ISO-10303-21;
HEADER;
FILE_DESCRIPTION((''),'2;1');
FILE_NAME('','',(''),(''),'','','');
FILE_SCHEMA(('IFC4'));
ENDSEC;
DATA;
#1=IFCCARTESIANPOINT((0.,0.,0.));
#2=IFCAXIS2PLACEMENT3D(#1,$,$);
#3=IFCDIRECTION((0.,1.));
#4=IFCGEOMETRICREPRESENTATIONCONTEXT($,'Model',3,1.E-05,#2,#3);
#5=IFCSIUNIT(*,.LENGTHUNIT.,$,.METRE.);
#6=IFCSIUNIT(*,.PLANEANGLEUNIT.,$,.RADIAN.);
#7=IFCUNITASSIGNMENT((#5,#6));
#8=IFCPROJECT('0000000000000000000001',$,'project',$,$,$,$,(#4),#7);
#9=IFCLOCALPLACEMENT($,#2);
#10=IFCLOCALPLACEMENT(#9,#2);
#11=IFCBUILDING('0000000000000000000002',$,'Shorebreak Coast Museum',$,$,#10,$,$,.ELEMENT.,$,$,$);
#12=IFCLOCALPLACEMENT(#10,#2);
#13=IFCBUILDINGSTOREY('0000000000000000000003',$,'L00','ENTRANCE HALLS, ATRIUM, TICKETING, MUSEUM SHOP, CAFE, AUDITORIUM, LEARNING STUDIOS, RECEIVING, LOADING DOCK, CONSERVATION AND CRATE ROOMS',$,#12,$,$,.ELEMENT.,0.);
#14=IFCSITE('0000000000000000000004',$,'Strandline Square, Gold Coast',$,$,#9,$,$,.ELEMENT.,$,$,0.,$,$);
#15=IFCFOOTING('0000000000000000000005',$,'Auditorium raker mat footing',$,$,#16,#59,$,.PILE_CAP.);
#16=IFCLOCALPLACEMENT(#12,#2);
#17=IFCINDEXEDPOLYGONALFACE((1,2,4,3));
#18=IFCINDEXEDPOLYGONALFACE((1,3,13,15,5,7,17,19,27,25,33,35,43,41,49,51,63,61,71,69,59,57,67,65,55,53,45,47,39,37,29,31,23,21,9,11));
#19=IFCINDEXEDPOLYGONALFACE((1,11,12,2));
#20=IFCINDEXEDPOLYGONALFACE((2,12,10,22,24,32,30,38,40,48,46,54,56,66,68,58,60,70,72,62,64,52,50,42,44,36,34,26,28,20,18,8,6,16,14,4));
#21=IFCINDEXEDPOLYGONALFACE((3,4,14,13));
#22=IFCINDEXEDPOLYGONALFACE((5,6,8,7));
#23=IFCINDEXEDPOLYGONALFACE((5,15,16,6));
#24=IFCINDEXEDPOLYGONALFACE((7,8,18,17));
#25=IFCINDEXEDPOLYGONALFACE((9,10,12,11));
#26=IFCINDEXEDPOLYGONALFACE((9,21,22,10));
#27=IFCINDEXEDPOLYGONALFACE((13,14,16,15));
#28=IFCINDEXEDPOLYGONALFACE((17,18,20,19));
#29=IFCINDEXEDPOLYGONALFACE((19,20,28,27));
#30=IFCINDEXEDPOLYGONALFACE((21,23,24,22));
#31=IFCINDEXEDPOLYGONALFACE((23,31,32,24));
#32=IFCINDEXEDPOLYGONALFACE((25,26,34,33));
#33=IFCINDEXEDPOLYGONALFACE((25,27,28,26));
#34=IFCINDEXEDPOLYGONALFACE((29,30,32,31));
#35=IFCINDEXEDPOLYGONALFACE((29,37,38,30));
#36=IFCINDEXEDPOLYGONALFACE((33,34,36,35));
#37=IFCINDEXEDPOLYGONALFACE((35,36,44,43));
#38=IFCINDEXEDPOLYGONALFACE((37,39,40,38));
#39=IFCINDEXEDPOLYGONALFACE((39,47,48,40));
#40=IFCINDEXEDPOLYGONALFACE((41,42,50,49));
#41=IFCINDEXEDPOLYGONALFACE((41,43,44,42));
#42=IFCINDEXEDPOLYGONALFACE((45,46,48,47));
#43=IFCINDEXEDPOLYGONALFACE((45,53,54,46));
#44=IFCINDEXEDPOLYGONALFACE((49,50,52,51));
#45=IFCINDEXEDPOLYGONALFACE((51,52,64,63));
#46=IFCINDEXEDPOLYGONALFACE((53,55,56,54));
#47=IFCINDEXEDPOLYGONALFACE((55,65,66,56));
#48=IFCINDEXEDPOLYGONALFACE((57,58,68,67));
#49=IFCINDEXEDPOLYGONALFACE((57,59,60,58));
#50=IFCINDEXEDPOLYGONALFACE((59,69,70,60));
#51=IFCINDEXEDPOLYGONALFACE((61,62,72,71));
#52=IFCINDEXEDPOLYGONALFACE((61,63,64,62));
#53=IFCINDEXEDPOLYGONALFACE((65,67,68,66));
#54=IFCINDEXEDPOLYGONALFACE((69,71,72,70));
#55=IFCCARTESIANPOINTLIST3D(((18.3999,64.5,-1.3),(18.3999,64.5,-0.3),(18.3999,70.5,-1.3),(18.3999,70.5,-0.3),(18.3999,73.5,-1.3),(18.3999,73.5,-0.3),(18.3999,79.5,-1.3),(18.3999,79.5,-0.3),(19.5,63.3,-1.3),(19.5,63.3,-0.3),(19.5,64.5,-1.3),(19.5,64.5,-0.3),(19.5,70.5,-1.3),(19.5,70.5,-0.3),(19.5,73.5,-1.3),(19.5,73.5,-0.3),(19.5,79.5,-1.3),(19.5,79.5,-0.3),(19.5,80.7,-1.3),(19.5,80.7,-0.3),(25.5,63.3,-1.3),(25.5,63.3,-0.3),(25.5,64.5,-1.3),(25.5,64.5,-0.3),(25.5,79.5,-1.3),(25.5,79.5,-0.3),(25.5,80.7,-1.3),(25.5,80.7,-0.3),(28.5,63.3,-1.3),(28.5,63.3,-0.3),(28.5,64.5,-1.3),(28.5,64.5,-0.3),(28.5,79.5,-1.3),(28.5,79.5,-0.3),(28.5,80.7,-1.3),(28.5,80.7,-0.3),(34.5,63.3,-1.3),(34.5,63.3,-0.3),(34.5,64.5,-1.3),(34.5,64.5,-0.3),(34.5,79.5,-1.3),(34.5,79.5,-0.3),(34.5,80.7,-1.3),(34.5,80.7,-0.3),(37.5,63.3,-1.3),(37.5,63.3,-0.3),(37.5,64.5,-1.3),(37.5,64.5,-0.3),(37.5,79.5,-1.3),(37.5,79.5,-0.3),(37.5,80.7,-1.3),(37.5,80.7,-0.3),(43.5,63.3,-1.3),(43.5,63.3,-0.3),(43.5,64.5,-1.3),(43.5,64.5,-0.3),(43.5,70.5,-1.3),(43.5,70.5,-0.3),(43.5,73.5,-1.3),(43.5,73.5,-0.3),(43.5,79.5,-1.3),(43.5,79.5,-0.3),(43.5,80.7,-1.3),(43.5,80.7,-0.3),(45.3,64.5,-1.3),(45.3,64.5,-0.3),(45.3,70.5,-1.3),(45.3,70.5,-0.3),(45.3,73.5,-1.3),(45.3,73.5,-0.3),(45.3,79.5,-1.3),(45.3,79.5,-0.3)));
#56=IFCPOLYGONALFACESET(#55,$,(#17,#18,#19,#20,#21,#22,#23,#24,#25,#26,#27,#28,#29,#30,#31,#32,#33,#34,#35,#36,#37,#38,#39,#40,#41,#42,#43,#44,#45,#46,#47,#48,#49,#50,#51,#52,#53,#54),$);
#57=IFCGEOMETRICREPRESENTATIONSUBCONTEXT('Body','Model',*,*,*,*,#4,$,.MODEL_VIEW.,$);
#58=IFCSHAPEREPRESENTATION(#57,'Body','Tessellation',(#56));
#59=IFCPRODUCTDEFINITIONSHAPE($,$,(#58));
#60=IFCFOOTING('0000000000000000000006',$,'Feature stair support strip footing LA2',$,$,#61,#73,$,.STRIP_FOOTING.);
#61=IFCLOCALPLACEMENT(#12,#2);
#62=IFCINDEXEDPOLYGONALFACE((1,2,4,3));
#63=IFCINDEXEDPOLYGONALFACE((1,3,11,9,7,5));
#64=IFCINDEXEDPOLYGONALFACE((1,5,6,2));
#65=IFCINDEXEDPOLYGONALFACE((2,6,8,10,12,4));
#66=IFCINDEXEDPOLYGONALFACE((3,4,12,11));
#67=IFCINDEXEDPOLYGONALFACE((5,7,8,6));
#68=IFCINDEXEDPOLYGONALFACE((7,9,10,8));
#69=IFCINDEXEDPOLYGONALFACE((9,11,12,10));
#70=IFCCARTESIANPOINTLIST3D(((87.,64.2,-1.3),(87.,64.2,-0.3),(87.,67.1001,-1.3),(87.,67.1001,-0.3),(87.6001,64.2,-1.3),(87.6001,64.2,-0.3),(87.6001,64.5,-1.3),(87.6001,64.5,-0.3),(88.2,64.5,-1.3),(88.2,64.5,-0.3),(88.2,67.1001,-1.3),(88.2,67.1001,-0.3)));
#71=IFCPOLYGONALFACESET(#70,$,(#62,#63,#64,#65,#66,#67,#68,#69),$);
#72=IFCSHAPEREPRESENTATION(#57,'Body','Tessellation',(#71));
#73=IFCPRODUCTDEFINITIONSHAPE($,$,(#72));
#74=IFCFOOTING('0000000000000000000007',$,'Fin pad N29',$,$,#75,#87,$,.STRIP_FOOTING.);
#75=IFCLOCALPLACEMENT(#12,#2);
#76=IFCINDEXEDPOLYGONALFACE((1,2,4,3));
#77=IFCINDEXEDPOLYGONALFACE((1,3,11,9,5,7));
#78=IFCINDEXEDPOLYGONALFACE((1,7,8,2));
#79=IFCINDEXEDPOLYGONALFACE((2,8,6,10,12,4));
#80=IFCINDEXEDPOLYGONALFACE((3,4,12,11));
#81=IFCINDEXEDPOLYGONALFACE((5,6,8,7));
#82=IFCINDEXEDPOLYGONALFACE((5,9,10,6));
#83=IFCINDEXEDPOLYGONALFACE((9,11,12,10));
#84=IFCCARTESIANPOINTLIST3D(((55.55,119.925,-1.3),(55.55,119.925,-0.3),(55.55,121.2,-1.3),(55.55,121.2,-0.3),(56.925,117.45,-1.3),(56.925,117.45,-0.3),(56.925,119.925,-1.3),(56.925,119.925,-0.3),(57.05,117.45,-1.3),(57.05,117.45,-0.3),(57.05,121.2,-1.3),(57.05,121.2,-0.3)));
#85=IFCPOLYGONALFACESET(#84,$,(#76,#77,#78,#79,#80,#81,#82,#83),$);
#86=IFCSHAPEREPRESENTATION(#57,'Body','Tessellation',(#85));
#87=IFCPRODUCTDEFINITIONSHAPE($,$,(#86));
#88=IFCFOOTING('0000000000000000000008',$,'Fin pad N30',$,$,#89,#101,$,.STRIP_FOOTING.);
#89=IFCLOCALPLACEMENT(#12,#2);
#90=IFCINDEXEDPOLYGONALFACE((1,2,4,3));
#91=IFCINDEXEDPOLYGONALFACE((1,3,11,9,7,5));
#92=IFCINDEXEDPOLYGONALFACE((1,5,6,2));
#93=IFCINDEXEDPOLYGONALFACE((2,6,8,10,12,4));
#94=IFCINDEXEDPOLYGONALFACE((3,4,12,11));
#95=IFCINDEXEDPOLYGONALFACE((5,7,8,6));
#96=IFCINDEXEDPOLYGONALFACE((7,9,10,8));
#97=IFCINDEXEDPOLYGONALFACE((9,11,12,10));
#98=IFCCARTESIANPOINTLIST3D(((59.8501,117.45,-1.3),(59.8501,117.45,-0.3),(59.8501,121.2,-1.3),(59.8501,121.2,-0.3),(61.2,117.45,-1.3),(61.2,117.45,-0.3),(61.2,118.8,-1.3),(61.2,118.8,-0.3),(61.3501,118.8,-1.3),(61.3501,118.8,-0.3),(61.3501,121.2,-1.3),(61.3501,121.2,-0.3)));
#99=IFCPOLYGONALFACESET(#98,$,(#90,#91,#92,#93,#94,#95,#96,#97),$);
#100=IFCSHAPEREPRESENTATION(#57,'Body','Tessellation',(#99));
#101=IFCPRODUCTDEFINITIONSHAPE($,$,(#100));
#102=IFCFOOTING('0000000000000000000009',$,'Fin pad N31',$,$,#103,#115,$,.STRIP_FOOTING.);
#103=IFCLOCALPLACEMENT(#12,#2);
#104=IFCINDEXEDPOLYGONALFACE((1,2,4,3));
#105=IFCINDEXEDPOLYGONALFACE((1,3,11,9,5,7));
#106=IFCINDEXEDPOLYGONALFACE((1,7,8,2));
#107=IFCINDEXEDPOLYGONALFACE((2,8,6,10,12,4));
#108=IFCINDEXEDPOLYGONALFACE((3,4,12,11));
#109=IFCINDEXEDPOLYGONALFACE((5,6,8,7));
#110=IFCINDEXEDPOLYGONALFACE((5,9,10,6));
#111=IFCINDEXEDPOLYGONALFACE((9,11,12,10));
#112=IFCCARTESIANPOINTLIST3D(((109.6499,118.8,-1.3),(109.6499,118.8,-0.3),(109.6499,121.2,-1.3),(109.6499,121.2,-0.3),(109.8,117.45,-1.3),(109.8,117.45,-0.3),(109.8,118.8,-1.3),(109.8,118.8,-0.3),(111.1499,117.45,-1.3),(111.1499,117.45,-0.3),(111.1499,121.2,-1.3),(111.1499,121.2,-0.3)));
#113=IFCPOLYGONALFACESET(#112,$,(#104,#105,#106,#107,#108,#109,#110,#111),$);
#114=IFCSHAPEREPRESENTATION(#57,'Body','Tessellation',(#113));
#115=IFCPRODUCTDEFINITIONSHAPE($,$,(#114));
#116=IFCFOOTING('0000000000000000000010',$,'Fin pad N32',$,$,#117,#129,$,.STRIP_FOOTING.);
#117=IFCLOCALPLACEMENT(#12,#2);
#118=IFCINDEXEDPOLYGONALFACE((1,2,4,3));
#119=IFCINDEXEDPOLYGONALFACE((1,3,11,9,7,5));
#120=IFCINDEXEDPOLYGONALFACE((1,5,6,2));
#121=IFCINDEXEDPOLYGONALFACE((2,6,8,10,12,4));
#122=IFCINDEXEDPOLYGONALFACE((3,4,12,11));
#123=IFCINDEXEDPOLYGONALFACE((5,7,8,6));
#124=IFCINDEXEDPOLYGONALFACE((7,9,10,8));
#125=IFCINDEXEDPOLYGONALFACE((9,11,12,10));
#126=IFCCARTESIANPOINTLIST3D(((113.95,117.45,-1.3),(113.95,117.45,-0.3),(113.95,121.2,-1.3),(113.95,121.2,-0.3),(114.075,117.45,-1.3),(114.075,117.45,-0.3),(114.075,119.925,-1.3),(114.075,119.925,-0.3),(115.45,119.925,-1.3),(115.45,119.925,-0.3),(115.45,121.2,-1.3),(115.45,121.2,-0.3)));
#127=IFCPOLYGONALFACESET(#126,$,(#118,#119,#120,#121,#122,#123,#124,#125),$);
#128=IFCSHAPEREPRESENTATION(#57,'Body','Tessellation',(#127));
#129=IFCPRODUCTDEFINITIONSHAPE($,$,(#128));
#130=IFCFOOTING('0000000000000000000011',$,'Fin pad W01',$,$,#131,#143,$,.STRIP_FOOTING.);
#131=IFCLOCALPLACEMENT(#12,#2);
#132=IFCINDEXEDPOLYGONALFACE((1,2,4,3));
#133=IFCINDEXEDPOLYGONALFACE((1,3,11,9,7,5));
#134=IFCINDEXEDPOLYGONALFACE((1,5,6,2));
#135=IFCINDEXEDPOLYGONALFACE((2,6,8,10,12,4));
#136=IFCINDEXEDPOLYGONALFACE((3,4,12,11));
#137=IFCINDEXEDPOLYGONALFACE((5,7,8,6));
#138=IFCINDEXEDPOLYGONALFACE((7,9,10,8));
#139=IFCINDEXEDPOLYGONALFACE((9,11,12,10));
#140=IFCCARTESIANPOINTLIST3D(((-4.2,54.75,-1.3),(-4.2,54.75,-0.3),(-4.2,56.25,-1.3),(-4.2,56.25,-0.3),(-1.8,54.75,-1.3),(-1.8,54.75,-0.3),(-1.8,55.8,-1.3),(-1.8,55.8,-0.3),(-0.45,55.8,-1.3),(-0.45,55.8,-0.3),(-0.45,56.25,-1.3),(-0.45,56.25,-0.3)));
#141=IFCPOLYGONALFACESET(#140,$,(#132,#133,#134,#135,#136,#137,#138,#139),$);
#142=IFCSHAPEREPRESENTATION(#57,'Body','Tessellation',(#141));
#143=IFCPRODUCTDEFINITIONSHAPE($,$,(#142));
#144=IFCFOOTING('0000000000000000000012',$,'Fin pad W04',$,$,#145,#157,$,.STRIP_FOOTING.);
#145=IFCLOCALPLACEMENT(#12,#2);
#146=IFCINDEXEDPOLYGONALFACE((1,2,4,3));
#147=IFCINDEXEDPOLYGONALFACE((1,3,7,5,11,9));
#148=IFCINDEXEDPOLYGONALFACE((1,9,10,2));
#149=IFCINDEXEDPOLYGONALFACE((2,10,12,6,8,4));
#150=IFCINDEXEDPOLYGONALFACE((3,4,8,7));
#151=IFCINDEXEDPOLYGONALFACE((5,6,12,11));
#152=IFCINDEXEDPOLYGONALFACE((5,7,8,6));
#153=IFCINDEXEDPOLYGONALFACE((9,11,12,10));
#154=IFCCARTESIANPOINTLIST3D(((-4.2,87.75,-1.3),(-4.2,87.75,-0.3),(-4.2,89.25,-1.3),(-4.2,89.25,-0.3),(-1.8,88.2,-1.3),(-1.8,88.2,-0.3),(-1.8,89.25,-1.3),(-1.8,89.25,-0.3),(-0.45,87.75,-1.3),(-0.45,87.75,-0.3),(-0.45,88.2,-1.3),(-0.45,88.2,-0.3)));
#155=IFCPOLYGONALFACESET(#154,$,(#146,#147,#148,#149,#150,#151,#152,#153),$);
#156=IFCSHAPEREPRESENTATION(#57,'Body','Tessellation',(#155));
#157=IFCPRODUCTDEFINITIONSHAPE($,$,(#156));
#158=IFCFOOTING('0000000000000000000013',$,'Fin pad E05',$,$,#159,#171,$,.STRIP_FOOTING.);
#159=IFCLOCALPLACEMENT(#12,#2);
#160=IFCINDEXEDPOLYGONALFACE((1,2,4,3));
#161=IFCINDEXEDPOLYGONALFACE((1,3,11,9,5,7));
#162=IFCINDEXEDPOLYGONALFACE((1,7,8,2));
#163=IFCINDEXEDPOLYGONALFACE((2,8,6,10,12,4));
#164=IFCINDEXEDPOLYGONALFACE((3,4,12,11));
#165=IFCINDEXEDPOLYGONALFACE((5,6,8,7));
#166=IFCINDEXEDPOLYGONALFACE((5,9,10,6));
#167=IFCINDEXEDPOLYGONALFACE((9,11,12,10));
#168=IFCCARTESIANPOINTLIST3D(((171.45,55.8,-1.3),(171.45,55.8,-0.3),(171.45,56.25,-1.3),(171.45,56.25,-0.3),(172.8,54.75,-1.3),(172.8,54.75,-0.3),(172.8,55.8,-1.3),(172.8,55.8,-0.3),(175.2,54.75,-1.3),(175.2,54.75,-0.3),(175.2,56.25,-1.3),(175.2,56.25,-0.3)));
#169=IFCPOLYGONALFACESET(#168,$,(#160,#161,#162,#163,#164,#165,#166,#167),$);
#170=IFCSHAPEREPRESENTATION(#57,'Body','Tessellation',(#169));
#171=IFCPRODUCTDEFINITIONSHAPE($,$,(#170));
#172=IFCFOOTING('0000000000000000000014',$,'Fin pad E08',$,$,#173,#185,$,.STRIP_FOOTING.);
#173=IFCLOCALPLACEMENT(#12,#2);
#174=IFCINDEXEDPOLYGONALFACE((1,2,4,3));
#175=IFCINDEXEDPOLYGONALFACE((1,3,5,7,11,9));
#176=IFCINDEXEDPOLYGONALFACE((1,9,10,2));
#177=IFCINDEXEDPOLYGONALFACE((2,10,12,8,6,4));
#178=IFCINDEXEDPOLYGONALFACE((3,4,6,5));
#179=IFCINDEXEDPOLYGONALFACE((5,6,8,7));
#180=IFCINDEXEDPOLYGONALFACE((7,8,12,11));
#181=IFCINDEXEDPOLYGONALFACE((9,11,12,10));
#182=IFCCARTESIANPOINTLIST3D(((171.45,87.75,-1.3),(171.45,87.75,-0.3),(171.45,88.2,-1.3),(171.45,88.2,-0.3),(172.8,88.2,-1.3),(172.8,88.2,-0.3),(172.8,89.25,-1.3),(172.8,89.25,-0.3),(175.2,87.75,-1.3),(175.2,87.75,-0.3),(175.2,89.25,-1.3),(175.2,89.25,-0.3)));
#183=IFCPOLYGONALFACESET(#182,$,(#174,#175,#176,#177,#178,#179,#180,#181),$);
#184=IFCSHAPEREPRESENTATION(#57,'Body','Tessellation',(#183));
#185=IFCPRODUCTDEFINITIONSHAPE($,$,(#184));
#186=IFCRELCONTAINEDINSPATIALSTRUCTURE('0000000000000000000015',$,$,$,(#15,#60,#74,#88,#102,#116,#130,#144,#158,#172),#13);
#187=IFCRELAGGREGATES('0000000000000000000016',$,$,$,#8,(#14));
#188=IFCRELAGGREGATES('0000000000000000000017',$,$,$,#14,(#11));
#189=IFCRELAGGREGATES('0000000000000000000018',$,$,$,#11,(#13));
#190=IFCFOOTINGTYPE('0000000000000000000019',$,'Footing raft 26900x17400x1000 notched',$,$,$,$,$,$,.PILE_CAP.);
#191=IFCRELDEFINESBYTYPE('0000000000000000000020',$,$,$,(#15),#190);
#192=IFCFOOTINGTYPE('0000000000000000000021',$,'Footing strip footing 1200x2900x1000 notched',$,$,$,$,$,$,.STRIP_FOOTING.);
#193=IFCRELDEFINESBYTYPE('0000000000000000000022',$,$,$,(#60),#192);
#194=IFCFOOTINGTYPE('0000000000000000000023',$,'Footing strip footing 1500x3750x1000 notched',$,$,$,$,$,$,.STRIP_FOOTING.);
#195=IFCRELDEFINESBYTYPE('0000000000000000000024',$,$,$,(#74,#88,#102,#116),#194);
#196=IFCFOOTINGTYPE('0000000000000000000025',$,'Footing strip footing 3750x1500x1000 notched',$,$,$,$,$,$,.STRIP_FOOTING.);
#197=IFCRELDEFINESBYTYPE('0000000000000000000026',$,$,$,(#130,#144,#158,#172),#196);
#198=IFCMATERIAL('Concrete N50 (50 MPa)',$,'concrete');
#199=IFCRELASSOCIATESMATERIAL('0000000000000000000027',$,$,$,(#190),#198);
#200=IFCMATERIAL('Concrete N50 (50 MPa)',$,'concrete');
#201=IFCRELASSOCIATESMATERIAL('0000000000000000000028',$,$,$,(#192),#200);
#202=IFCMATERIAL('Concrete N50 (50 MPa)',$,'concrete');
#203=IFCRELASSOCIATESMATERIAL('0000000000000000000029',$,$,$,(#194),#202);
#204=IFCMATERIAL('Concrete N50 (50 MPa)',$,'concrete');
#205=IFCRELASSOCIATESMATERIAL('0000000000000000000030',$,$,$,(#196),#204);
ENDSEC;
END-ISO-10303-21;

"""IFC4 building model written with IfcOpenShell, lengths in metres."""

from ifc_helpers import new_model, si_unit, direction, frame, origin, place, context, subcontext, project, spatial, polyline, outline, extrude, material, type_object, element, save


model = new_model("IFC4")

# Units and contexts
model_context = context("Model", 3, precision=1e-05, world=origin(), true_north=direction((0.0, 1.0)))
body_context = subcontext(model_context, "Body", "Model", "MODEL_VIEW")
ifc_project = project(units=[si_unit("LENGTHUNIT", "METRE"), si_unit("PLANEANGLEUNIT", "RADIAN")], contexts=[model_context])

# Site, building, storey
site_placement = place(None, origin())
site = spatial("IfcSite", under=ifc_project, at=site_placement, Name="Strandline Square, Gold Coast", CompositionType="ELEMENT", RefElevation=0.0)
building_placement = place(site_placement, origin())
building = spatial("IfcBuilding", under=site, at=building_placement, Name="Shorebreak Coast Museum", CompositionType="ELEMENT")
storey_placement = place(building_placement, origin())
storey = spatial("IfcBuildingStorey", under=building, at=storey_placement, Name="L00", Description="ENTRANCE HALLS, ATRIUM, TICKETING, MUSEUM SHOP, CAFE, AUDITORIUM, LEARNING STUDIOS, RECEIVING, LOADING DOCK, CONSERVATION AND CRATE ROOMS", CompositionType="ELEMENT", Elevation=0.0)

# Footings
ifc_material_1 = material(Name="Concrete N50 (50 MPa)", Category="concrete")
footing_type_1 = type_object("IfcFootingType", Name="Footing raft 26900x17400x1000 notched", PredefinedType="PILE_CAP", material=ifc_material_1)
footing_1_placement = place(storey_placement, frame((0.0, 0.0, -1.3)))
element("IfcFooting", 1, at=footing_1_placement, inside=storey, type_object=footing_type_1, Name="Auditorium raker mat footing", PredefinedType="PILE_CAP", context=body_context, shape_type="SweptSolid", body=[
    extrude(outline(polyline([(45.3, 64.5), (43.5, 64.5), (43.5, 63.3), (37.5, 63.3), (37.5, 64.5), (34.5, 64.5), (34.5, 63.3), (28.5, 63.3), (28.5, 64.5), (25.5, 64.5), (25.5, 63.3), (19.5, 63.3), (19.5, 64.5), (18.3999, 64.5), (18.3999, 70.5), (19.5, 70.5), (19.5, 73.5), (18.3999, 73.5), (18.3999, 79.5), (19.5, 79.5), (19.5, 80.7), (25.5, 80.7), (25.5, 79.5), (28.5, 79.5), (28.5, 80.7), (34.5, 80.7), (34.5, 79.5), (37.5, 79.5), (37.5, 80.7), (43.5, 80.7), (43.5, 79.5), (45.3, 79.5), (45.3, 73.5), (43.5, 73.5), (43.5, 70.5), (45.3, 70.5), (45.3, 64.5)])), origin(), (0.0, 0.0, 1.0), 1.0),
])
ifc_material_2 = material(Name="Concrete N50 (50 MPa)", Category="concrete")
footing_type_2 = type_object("IfcFootingType", Name="Footing strip footing 1200x2900x1000 notched", PredefinedType="STRIP_FOOTING", material=ifc_material_2)
footing_2_placement = place(storey_placement, frame((0.0, 0.0, -1.3)))
element("IfcFooting", 2, at=footing_2_placement, inside=storey, type_object=footing_type_2, Name="Feature stair support strip footing LA2", PredefinedType="STRIP_FOOTING", context=body_context, shape_type="SweptSolid", body=[
    extrude(outline(polyline([(87.0, 64.2), (87.0, 67.1001), (88.2, 67.1001), (88.2, 64.5), (87.6001, 64.5), (87.6001, 64.2), (87.0, 64.2)])), origin(), (0.0, 0.0, 1.0), 1.0),
])
ifc_material_3 = material(Name="Concrete N50 (50 MPa)", Category="concrete")
footing_type_3 = type_object("IfcFootingType", Name="Footing strip footing 1500x3750x1000 notched", PredefinedType="STRIP_FOOTING", material=ifc_material_3)
footing_3_placement = place(storey_placement, frame((0.0, 0.0, -1.3)))
element("IfcFooting", 3, at=footing_3_placement, inside=storey, type_object=footing_type_3, Name="Fin pad N29", PredefinedType="STRIP_FOOTING", context=body_context, shape_type="SweptSolid", body=[
    extrude(outline(polyline([(55.55, 121.2), (57.05, 121.2), (57.05, 117.45), (56.925, 117.45), (56.925, 119.925), (55.55, 119.925), (55.55, 121.2)])), origin(), (0.0, 0.0, 1.0), 1.0),
])
footing_4_placement = place(storey_placement, frame((0.0, 0.0, -1.3)))
element("IfcFooting", 4, at=footing_4_placement, inside=storey, type_object=footing_type_3, Name="Fin pad N30", PredefinedType="STRIP_FOOTING", context=body_context, shape_type="SweptSolid", body=[
    extrude(outline(polyline([(59.8501, 117.45), (59.8501, 121.2), (61.3501, 121.2), (61.3501, 118.8), (61.2, 118.8), (61.2, 117.45), (59.8501, 117.45)])), origin(), (0.0, 0.0, 1.0), 1.0),
])
footing_5_placement = place(storey_placement, frame((0.0, 0.0, -1.3)))
element("IfcFooting", 5, at=footing_5_placement, inside=storey, type_object=footing_type_3, Name="Fin pad N31", PredefinedType="STRIP_FOOTING", context=body_context, shape_type="SweptSolid", body=[
    extrude(outline(polyline([(109.6499, 121.2), (111.1499, 121.2), (111.1499, 117.45), (109.8, 117.45), (109.8, 118.8), (109.6499, 118.8), (109.6499, 121.2)])), origin(), (0.0, 0.0, 1.0), 1.0),
])
footing_6_placement = place(storey_placement, frame((0.0, 0.0, -1.3)))
element("IfcFooting", 6, at=footing_6_placement, inside=storey, type_object=footing_type_3, Name="Fin pad N32", PredefinedType="STRIP_FOOTING", context=body_context, shape_type="SweptSolid", body=[
    extrude(outline(polyline([(113.95, 117.45), (113.95, 121.2), (115.45, 121.2), (115.45, 119.925), (114.075, 119.925), (114.075, 117.45), (113.95, 117.45)])), origin(), (0.0, 0.0, 1.0), 1.0),
])
ifc_material_4 = material(Name="Concrete N50 (50 MPa)", Category="concrete")
footing_type_4 = type_object("IfcFootingType", Name="Footing strip footing 3750x1500x1000 notched", PredefinedType="STRIP_FOOTING", material=ifc_material_4)
footing_7_placement = place(storey_placement, frame((0.0, 0.0, -1.3)))
element("IfcFooting", 7, at=footing_7_placement, inside=storey, type_object=footing_type_4, Name="Fin pad W01", PredefinedType="STRIP_FOOTING", context=body_context, shape_type="SweptSolid", body=[
    extrude(outline(polyline([(-4.2, 54.75), (-4.2, 56.25), (-0.45, 56.25), (-0.45, 55.8), (-1.8, 55.8), (-1.8, 54.75), (-4.2, 54.75)])), origin(), (0.0, 0.0, 1.0), 1.0),
])
footing_8_placement = place(storey_placement, frame((0.0, 0.0, -1.3)))
element("IfcFooting", 8, at=footing_8_placement, inside=storey, type_object=footing_type_4, Name="Fin pad W04", PredefinedType="STRIP_FOOTING", context=body_context, shape_type="SweptSolid", body=[
    extrude(outline(polyline([(-0.45, 87.75), (-4.2, 87.75), (-4.2, 89.25), (-1.8, 89.25), (-1.8, 88.2), (-0.45, 88.2), (-0.45, 87.75)])), origin(), (0.0, 0.0, 1.0), 1.0),
])
footing_9_placement = place(storey_placement, frame((0.0, 0.0, -1.3)))
element("IfcFooting", 9, at=footing_9_placement, inside=storey, type_object=footing_type_4, Name="Fin pad E05", PredefinedType="STRIP_FOOTING", context=body_context, shape_type="SweptSolid", body=[
    extrude(outline(polyline([(171.45, 56.25), (175.2, 56.25), (175.2, 54.75), (172.8, 54.75), (172.8, 55.8), (171.45, 55.8), (171.45, 56.25)])), origin(), (0.0, 0.0, 1.0), 1.0),
])
footing_10_placement = place(storey_placement, frame((0.0, 0.0, -1.3)))
element("IfcFooting", 10, at=footing_10_placement, inside=storey, type_object=footing_type_4, Name="Fin pad E08", PredefinedType="STRIP_FOOTING", context=body_context, shape_type="SweptSolid", body=[
    extrude(outline(polyline([(175.2, 89.25), (175.2, 87.75), (171.45, 87.75), (171.45, 88.2), (172.8, 88.2), (172.8, 89.25), (175.2, 89.25)])), origin(), (0.0, 0.0, 1.0), 1.0),
])

save(model, "model.ifc")
